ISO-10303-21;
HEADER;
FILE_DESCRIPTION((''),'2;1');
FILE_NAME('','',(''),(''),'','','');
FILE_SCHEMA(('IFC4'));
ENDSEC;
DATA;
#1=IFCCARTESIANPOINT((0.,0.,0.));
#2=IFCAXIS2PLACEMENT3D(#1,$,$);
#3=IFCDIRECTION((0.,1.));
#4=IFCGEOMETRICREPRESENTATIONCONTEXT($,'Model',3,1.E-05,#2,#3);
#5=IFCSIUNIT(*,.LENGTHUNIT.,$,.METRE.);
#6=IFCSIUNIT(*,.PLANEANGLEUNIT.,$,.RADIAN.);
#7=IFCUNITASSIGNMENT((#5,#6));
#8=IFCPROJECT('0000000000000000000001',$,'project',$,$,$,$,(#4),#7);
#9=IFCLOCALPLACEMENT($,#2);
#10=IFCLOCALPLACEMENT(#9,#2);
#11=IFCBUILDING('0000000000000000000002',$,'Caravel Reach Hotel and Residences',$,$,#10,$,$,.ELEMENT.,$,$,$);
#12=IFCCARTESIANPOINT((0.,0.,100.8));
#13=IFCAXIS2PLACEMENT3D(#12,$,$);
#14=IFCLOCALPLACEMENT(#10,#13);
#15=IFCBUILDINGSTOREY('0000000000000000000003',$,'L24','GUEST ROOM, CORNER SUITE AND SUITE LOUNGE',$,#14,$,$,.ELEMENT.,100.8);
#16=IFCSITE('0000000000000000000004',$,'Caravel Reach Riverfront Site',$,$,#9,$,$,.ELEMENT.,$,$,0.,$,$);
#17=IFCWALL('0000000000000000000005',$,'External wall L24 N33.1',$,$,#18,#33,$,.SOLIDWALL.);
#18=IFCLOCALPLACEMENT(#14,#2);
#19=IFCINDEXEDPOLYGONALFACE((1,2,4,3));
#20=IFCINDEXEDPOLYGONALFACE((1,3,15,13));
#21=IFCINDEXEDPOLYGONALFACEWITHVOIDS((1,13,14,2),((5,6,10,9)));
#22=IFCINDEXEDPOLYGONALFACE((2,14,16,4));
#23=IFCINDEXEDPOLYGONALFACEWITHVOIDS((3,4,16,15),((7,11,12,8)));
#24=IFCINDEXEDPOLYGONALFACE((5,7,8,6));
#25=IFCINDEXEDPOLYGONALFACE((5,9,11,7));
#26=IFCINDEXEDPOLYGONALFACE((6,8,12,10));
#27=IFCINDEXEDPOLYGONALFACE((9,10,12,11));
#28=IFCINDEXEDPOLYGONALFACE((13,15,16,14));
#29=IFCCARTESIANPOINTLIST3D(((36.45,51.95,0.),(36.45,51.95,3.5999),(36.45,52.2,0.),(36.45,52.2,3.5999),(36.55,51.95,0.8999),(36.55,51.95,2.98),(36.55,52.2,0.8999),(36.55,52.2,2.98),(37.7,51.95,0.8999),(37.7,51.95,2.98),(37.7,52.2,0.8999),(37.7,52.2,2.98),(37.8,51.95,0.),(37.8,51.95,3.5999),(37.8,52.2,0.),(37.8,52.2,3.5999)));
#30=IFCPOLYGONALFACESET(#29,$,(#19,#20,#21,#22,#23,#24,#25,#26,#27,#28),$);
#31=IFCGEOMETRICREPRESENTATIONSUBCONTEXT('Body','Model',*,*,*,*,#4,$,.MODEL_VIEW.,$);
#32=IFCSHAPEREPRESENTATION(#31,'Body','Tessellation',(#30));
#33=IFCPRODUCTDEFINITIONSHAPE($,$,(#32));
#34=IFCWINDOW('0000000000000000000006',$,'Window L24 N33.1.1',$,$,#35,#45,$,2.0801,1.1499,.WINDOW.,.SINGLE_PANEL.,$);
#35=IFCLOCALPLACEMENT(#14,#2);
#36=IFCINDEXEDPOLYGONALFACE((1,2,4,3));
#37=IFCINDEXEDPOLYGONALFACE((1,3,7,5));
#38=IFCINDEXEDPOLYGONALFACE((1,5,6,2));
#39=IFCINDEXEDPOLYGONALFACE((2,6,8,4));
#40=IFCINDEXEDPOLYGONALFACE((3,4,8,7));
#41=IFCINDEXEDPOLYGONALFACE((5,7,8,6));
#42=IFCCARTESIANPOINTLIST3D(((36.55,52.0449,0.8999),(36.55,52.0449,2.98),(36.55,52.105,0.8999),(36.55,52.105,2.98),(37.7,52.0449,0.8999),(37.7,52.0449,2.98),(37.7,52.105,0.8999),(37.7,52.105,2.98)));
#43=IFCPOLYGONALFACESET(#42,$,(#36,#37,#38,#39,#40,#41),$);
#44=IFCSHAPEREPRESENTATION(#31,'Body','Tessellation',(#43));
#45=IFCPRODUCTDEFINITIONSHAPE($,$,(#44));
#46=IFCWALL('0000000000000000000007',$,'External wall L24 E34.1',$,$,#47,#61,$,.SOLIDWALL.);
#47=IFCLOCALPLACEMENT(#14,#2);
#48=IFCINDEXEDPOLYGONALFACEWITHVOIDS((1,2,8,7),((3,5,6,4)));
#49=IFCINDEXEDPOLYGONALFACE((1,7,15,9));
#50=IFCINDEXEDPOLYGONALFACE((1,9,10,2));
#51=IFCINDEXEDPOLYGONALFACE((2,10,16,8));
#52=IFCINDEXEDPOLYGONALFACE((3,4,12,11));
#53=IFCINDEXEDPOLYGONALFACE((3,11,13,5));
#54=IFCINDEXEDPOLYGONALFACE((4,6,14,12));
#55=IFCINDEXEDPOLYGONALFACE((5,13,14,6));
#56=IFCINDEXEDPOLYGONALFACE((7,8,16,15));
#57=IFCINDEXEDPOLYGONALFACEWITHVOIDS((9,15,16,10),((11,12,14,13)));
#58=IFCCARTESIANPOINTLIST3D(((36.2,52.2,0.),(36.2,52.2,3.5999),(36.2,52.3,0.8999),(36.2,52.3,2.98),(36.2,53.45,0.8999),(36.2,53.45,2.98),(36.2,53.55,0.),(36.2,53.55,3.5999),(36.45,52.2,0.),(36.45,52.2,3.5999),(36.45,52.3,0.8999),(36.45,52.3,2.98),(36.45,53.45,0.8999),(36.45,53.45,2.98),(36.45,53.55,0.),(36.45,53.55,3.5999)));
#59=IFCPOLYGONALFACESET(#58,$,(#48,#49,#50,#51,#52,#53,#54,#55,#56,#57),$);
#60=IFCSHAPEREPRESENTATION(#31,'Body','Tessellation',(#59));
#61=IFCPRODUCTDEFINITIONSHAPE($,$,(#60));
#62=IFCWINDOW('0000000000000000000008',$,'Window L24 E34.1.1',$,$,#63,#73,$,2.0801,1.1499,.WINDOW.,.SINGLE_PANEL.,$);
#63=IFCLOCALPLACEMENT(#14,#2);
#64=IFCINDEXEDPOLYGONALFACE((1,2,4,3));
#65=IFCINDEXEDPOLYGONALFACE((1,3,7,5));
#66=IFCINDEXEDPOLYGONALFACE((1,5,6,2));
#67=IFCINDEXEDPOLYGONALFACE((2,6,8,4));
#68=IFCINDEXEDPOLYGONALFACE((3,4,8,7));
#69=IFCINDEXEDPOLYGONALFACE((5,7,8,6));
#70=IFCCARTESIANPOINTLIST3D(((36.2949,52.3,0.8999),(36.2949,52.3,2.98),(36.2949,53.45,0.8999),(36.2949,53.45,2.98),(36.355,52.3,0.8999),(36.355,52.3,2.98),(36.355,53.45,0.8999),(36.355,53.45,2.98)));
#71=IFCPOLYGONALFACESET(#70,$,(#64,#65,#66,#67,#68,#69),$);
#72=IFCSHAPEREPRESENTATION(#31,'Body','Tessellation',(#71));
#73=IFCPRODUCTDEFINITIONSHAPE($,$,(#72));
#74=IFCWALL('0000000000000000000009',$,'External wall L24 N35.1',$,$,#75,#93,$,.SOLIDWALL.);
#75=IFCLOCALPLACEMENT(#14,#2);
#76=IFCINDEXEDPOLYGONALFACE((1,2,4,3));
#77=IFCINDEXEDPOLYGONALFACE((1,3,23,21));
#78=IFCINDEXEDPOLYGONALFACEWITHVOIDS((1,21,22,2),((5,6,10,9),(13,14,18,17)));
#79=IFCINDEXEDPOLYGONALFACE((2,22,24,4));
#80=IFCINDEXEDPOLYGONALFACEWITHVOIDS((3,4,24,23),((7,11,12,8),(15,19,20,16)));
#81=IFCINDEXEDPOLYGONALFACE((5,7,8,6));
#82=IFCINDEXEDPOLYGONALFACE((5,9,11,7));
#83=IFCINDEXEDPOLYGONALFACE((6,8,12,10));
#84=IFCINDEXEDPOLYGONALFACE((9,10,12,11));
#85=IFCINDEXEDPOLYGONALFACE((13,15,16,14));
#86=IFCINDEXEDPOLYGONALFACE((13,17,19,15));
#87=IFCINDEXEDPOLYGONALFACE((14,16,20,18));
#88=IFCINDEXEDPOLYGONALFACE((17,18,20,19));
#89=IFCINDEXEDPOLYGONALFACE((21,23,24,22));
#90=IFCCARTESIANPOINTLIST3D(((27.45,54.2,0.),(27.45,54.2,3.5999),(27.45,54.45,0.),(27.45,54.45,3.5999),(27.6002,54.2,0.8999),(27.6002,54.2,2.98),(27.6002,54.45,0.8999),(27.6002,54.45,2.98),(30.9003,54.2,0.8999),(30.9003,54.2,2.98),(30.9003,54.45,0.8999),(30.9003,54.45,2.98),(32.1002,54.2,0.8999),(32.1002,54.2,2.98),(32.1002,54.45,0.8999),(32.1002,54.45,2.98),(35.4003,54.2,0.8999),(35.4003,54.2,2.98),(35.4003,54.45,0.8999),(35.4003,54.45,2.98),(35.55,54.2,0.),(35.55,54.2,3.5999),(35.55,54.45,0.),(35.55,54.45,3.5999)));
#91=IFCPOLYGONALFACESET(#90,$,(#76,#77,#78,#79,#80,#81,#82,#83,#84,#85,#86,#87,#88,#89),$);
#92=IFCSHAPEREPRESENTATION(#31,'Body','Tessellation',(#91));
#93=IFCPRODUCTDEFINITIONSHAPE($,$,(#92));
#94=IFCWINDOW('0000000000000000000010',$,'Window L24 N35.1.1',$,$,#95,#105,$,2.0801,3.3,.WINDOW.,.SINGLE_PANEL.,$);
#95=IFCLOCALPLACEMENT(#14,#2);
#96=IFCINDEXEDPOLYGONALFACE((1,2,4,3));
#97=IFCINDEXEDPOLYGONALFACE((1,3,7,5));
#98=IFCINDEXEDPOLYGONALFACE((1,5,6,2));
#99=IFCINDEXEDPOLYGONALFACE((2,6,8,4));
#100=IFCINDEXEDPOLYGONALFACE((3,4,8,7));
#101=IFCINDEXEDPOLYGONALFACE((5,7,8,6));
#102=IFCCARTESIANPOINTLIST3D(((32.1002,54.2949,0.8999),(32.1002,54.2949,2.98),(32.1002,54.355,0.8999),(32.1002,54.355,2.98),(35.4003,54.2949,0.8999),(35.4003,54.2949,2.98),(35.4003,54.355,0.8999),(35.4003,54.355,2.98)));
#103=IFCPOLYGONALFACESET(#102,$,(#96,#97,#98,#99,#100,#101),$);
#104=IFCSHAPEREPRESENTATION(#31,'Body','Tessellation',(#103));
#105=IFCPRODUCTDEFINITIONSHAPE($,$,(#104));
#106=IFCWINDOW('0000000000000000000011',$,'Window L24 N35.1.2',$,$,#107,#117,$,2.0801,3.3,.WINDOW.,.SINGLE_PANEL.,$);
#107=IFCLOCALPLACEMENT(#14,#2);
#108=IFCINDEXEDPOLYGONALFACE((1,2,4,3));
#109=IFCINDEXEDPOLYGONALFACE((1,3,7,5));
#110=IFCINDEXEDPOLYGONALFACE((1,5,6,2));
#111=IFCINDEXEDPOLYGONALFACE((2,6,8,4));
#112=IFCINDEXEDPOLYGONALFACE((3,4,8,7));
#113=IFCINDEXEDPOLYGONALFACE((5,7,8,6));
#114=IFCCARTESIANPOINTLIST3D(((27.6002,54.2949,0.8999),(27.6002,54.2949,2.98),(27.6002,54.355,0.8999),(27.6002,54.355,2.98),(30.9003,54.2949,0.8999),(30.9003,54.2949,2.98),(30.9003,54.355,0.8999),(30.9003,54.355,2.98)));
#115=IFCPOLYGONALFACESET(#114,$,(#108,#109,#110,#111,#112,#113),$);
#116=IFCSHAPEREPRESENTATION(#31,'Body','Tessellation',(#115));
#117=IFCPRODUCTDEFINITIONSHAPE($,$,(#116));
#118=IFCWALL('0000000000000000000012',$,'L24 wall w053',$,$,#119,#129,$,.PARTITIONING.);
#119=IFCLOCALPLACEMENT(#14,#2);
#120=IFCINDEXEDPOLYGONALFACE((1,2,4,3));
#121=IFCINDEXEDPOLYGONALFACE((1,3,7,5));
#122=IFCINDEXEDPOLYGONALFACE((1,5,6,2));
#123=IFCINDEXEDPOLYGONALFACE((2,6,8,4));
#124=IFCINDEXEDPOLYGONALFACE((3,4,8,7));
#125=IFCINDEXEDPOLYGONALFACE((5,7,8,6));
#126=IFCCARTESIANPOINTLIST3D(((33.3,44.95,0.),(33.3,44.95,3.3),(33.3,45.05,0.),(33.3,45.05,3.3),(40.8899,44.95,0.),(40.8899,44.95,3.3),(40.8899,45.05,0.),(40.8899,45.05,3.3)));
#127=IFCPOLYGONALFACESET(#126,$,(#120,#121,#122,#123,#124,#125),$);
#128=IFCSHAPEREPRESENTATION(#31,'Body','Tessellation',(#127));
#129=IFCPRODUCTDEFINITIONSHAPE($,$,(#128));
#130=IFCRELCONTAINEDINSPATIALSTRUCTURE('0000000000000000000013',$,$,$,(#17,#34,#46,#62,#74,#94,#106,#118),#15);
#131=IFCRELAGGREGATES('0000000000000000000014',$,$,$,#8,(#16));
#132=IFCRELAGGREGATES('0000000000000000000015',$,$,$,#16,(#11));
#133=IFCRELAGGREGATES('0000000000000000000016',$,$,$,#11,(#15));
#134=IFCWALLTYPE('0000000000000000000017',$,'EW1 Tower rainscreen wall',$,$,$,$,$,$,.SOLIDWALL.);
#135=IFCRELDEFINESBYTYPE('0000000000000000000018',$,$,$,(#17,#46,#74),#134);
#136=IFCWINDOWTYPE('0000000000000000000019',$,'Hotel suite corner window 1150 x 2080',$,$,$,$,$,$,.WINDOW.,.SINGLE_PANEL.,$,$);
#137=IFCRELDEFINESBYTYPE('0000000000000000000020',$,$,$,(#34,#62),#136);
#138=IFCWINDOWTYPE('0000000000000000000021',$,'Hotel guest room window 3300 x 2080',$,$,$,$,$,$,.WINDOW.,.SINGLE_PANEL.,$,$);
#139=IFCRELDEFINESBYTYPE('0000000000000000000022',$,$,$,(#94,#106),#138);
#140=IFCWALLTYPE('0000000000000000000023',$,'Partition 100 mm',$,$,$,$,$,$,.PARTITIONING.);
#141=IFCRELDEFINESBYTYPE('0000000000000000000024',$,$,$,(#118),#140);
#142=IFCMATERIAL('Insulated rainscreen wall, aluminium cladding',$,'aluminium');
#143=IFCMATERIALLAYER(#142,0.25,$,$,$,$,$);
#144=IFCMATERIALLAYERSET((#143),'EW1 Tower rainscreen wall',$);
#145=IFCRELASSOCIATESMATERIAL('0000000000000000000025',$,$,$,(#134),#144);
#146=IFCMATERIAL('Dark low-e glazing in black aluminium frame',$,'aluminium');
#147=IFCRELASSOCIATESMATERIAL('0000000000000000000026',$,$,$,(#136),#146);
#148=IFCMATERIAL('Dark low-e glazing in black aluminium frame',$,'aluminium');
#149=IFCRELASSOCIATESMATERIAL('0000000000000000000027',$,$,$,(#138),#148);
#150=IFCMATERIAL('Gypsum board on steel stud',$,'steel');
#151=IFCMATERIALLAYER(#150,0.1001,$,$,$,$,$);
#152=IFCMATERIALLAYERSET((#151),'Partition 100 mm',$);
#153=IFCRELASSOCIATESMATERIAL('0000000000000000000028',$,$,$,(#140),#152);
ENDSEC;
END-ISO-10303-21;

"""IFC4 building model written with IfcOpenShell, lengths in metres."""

from ifc_helpers import new_model, si_unit, direction, frame, frame_2d, origin, place, context, subcontext, project, spatial, rectangle, extrude, material, layer, layer_set, type_object, element, fill, save


model = new_model("IFC4")

# Units and contexts
model_context = context("Model", 3, precision=1e-05, world=origin(), true_north=direction((0.0, 1.0)))
body_context = subcontext(model_context, "Body", "Model", "MODEL_VIEW")
ifc_project = project(units=[si_unit("LENGTHUNIT", "METRE"), si_unit("PLANEANGLEUNIT", "RADIAN")], contexts=[model_context])

# Site, building, storey
site_placement = place(None, origin())
site = spatial("IfcSite", under=ifc_project, at=site_placement, Name="Caravel Reach Riverfront Site", CompositionType="ELEMENT", RefElevation=0.0)
building_placement = place(site_placement, origin())
building = spatial("IfcBuilding", under=site, at=building_placement, Name="Caravel Reach Hotel and Residences", CompositionType="ELEMENT")
storey_placement = place(building_placement, frame((0.0, 0.0, 100.8)))
storey = spatial("IfcBuildingStorey", under=building, at=storey_placement, Name="L24", Description="GUEST ROOM, CORNER SUITE AND SUITE LOUNGE", CompositionType="ELEMENT", Elevation=100.8)

# Walls, openings, windows
ifc_material_1 = material(Name="Insulated rainscreen wall, aluminium cladding", Category="aluminium")
ifc_layer_1 = layer(ifc_material_1, 0.25)
ifc_layer_set_1 = layer_set([ifc_layer_1], Name="EW1 Tower rainscreen wall")
wall_type_1 = type_object("IfcWallType", Name="EW1 Tower rainscreen wall", PredefinedType="SOLIDWALL", material=ifc_layer_set_1)
ifc_material_2 = material(Name="Dark low-e glazing in black aluminium frame", Category="aluminium")
window_type_1 = type_object("IfcWindowType", Name="Hotel suite corner window 1150 x 2080", PartitioningType="SINGLE_PANEL", PredefinedType="WINDOW", material=ifc_material_2)
wall_1_placement = place(storey_placement, frame((37.8, 52.075, 0.0), z_axis=(0.0, 0.0, 1.0), x_axis=(-1.0, 0.0, 0.0)))
wall_1 = element("IfcWall", 1, at=wall_1_placement, inside=storey, type_object=wall_type_1, Name="External wall L24 N33.1", PredefinedType="SOLIDWALL", context=body_context, shape_type="SweptSolid", body=[
    extrude(rectangle(XDim=1.3501, YDim=0.25, at=frame_2d((0.675, 0.0))), origin(), (0.0, 0.0, 1.0), 3.5999),
])
opening_1_placement = place(wall_1_placement, frame((0.1001, 0.0, 0.8999)))
opening_1 = element("IfcOpeningElement", 2, at=opening_1_placement, cuts=wall_1, PredefinedType="OPENING", context=body_context, shape_type="SweptSolid", body=[
    extrude(rectangle(XDim=1.1499, YDim=2.0801, at=frame_2d((0.575, 1.04))), frame((0.0, 0.135, 0.0), z_axis=(0.0, -1.0, 0.0), x_axis=(1.0, 0.0, 0.0)), (0.0, 0.0, 1.0), 0.27),
])
window_1_placement = place(opening_1_placement, origin())
window_1 = element("IfcWindow", 3, at=window_1_placement, inside=storey, type_object=window_type_1, Name="Window L24 N33.1.1", OverallHeight=2.0801, OverallWidth=1.1499, PartitioningType="SINGLE_PANEL", PredefinedType="WINDOW", context=body_context, shape_type="SweptSolid", body=[
    extrude(rectangle(XDim=1.1499, YDim=2.0801, at=frame_2d((0.575, 1.04))), frame((0.0, 0.03, 0.0), z_axis=(0.0, -1.0, 0.0), x_axis=(1.0, 0.0, 0.0)), (0.0, 0.0, 1.0), 0.0601),
])
fill(opening_1, window_1)
wall_2_placement = place(storey_placement, frame((36.325, 52.2, 0.0), z_axis=(0.0, 0.0, 1.0), x_axis=(0.0, 1.0, 0.0)))
wall_2 = element("IfcWall", 4, at=wall_2_placement, inside=storey, type_object=wall_type_1, Name="External wall L24 E34.1", PredefinedType="SOLIDWALL", context=body_context, shape_type="SweptSolid", body=[
    extrude(rectangle(XDim=1.3501, YDim=0.25, at=frame_2d((0.675, 0.0))), origin(), (0.0, 0.0, 1.0), 3.5999),
])
opening_2_placement = place(wall_2_placement, frame((0.1001, 0.0, 0.8999)))
opening_2 = element("IfcOpeningElement", 5, at=opening_2_placement, cuts=wall_2, PredefinedType="OPENING", context=body_context, shape_type="SweptSolid", body=[
    extrude(rectangle(XDim=1.1499, YDim=2.0801, at=frame_2d((0.575, 1.04))), frame((0.0, 0.135, 0.0), z_axis=(0.0, -1.0, 0.0), x_axis=(1.0, 0.0, 0.0)), (0.0, 0.0, 1.0), 0.27),
])
window_2_placement = place(opening_2_placement, origin())
window_2 = element("IfcWindow", 6, at=window_2_placement, inside=storey, type_object=window_type_1, Name="Window L24 E34.1.1", OverallHeight=2.0801, OverallWidth=1.1499, PartitioningType="SINGLE_PANEL", PredefinedType="WINDOW", context=body_context, shape_type="SweptSolid", body=[
    extrude(rectangle(XDim=1.1499, YDim=2.0801, at=frame_2d((0.575, 1.04))), frame((0.0, 0.03, 0.0), z_axis=(0.0, -1.0, 0.0), x_axis=(1.0, 0.0, 0.0)), (0.0, 0.0, 1.0), 0.0601),
])
fill(opening_2, window_2)

# Wall, openings, windows
wall_3_placement = place(storey_placement, frame((35.55, 54.325, 0.0), z_axis=(0.0, 0.0, 1.0), x_axis=(-1.0, 0.0, 0.0)))
wall_3 = element("IfcWall", 7, at=wall_3_placement, inside=storey, type_object=wall_type_1, Name="External wall L24 N35.1", PredefinedType="SOLIDWALL", context=body_context, shape_type="SweptSolid", body=[
    extrude(rectangle(XDim=8.1001, YDim=0.25, at=frame_2d((4.05, 0.0))), origin(), (0.0, 0.0, 1.0), 3.5999),
])
opening_3_placement = place(wall_3_placement, frame((0.1499, 0.0, 0.8999)))
opening_3 = element("IfcOpeningElement", 8, at=opening_3_placement, cuts=wall_3, PredefinedType="OPENING", context=body_context, shape_type="SweptSolid", body=[
    extrude(rectangle(XDim=3.3, YDim=2.0801, at=frame_2d((1.6499, 1.04))), frame((0.0, 0.135, 0.0), z_axis=(0.0, -1.0, 0.0), x_axis=(1.0, 0.0, 0.0)), (0.0, 0.0, 1.0), 0.27),
])
opening_4_placement = place(wall_3_placement, frame((4.6499, 0.0, 0.8999)))
opening_4 = element("IfcOpeningElement", 9, at=opening_4_placement, cuts=wall_3, PredefinedType="OPENING", context=body_context, shape_type="SweptSolid", body=[
    extrude(rectangle(XDim=3.3, YDim=2.0801, at=frame_2d((1.6499, 1.04))), frame((0.0, 0.135, 0.0), z_axis=(0.0, -1.0, 0.0), x_axis=(1.0, 0.0, 0.0)), (0.0, 0.0, 1.0), 0.27),
])
ifc_material_3 = material(Name="Dark low-e glazing in black aluminium frame", Category="aluminium")
window_type_2 = type_object("IfcWindowType", Name="Hotel guest room window 3300 x 2080", PartitioningType="SINGLE_PANEL", PredefinedType="WINDOW", material=ifc_material_3)
window_3_placement = place(opening_3_placement, origin())
window_3 = element("IfcWindow", 10, at=window_3_placement, inside=storey, type_object=window_type_2, Name="Window L24 N35.1.1", OverallHeight=2.0801, OverallWidth=3.3, PartitioningType="SINGLE_PANEL", PredefinedType="WINDOW", context=body_context, shape_type="SweptSolid", body=[
    extrude(rectangle(XDim=3.3, YDim=2.0801, at=frame_2d((1.6499, 1.04))), frame((0.0, 0.03, 0.0), z_axis=(0.0, -1.0, 0.0), x_axis=(1.0, 0.0, 0.0)), (0.0, 0.0, 1.0), 0.0601),
])
fill(opening_3, window_3)
window_4_placement = place(opening_4_placement, origin())
window_4 = element("IfcWindow", 11, at=window_4_placement, inside=storey, type_object=window_type_2, Name="Window L24 N35.1.2", OverallHeight=2.0801, OverallWidth=3.3, PartitioningType="SINGLE_PANEL", PredefinedType="WINDOW", context=body_context, shape_type="SweptSolid", body=[
    extrude(rectangle(XDim=3.3, YDim=2.0801, at=frame_2d((1.6499, 1.04))), frame((0.0, 0.03, 0.0), z_axis=(0.0, -1.0, 0.0), x_axis=(1.0, 0.0, 0.0)), (0.0, 0.0, 1.0), 0.0601),
])
fill(opening_4, window_4)

# Wall
ifc_material_4 = material(Name="Gypsum board on steel stud", Category="steel")
ifc_layer_2 = layer(ifc_material_4, 0.1001)
ifc_layer_set_2 = layer_set([ifc_layer_2], Name="Partition 100 mm")
wall_type_2 = type_object("IfcWallType", Name="Partition 100 mm", PredefinedType="PARTITIONING", material=ifc_layer_set_2)
wall_4_placement = place(storey_placement, frame((33.3, 45.0, 0.0), z_axis=(0.0, 0.0, 1.0), x_axis=(1.0, 0.0, 0.0)))
element("IfcWall", 12, at=wall_4_placement, inside=storey, type_object=wall_type_2, Name="L24 wall w053", PredefinedType="PARTITIONING", context=body_context, shape_type="SweptSolid", body=[
    extrude(rectangle(XDim=7.5898, YDim=0.1001, at=frame_2d((3.7949, 0.0))), origin(), (0.0, 0.0, 1.0), 3.3),
])

save(model, "model.ifc")
